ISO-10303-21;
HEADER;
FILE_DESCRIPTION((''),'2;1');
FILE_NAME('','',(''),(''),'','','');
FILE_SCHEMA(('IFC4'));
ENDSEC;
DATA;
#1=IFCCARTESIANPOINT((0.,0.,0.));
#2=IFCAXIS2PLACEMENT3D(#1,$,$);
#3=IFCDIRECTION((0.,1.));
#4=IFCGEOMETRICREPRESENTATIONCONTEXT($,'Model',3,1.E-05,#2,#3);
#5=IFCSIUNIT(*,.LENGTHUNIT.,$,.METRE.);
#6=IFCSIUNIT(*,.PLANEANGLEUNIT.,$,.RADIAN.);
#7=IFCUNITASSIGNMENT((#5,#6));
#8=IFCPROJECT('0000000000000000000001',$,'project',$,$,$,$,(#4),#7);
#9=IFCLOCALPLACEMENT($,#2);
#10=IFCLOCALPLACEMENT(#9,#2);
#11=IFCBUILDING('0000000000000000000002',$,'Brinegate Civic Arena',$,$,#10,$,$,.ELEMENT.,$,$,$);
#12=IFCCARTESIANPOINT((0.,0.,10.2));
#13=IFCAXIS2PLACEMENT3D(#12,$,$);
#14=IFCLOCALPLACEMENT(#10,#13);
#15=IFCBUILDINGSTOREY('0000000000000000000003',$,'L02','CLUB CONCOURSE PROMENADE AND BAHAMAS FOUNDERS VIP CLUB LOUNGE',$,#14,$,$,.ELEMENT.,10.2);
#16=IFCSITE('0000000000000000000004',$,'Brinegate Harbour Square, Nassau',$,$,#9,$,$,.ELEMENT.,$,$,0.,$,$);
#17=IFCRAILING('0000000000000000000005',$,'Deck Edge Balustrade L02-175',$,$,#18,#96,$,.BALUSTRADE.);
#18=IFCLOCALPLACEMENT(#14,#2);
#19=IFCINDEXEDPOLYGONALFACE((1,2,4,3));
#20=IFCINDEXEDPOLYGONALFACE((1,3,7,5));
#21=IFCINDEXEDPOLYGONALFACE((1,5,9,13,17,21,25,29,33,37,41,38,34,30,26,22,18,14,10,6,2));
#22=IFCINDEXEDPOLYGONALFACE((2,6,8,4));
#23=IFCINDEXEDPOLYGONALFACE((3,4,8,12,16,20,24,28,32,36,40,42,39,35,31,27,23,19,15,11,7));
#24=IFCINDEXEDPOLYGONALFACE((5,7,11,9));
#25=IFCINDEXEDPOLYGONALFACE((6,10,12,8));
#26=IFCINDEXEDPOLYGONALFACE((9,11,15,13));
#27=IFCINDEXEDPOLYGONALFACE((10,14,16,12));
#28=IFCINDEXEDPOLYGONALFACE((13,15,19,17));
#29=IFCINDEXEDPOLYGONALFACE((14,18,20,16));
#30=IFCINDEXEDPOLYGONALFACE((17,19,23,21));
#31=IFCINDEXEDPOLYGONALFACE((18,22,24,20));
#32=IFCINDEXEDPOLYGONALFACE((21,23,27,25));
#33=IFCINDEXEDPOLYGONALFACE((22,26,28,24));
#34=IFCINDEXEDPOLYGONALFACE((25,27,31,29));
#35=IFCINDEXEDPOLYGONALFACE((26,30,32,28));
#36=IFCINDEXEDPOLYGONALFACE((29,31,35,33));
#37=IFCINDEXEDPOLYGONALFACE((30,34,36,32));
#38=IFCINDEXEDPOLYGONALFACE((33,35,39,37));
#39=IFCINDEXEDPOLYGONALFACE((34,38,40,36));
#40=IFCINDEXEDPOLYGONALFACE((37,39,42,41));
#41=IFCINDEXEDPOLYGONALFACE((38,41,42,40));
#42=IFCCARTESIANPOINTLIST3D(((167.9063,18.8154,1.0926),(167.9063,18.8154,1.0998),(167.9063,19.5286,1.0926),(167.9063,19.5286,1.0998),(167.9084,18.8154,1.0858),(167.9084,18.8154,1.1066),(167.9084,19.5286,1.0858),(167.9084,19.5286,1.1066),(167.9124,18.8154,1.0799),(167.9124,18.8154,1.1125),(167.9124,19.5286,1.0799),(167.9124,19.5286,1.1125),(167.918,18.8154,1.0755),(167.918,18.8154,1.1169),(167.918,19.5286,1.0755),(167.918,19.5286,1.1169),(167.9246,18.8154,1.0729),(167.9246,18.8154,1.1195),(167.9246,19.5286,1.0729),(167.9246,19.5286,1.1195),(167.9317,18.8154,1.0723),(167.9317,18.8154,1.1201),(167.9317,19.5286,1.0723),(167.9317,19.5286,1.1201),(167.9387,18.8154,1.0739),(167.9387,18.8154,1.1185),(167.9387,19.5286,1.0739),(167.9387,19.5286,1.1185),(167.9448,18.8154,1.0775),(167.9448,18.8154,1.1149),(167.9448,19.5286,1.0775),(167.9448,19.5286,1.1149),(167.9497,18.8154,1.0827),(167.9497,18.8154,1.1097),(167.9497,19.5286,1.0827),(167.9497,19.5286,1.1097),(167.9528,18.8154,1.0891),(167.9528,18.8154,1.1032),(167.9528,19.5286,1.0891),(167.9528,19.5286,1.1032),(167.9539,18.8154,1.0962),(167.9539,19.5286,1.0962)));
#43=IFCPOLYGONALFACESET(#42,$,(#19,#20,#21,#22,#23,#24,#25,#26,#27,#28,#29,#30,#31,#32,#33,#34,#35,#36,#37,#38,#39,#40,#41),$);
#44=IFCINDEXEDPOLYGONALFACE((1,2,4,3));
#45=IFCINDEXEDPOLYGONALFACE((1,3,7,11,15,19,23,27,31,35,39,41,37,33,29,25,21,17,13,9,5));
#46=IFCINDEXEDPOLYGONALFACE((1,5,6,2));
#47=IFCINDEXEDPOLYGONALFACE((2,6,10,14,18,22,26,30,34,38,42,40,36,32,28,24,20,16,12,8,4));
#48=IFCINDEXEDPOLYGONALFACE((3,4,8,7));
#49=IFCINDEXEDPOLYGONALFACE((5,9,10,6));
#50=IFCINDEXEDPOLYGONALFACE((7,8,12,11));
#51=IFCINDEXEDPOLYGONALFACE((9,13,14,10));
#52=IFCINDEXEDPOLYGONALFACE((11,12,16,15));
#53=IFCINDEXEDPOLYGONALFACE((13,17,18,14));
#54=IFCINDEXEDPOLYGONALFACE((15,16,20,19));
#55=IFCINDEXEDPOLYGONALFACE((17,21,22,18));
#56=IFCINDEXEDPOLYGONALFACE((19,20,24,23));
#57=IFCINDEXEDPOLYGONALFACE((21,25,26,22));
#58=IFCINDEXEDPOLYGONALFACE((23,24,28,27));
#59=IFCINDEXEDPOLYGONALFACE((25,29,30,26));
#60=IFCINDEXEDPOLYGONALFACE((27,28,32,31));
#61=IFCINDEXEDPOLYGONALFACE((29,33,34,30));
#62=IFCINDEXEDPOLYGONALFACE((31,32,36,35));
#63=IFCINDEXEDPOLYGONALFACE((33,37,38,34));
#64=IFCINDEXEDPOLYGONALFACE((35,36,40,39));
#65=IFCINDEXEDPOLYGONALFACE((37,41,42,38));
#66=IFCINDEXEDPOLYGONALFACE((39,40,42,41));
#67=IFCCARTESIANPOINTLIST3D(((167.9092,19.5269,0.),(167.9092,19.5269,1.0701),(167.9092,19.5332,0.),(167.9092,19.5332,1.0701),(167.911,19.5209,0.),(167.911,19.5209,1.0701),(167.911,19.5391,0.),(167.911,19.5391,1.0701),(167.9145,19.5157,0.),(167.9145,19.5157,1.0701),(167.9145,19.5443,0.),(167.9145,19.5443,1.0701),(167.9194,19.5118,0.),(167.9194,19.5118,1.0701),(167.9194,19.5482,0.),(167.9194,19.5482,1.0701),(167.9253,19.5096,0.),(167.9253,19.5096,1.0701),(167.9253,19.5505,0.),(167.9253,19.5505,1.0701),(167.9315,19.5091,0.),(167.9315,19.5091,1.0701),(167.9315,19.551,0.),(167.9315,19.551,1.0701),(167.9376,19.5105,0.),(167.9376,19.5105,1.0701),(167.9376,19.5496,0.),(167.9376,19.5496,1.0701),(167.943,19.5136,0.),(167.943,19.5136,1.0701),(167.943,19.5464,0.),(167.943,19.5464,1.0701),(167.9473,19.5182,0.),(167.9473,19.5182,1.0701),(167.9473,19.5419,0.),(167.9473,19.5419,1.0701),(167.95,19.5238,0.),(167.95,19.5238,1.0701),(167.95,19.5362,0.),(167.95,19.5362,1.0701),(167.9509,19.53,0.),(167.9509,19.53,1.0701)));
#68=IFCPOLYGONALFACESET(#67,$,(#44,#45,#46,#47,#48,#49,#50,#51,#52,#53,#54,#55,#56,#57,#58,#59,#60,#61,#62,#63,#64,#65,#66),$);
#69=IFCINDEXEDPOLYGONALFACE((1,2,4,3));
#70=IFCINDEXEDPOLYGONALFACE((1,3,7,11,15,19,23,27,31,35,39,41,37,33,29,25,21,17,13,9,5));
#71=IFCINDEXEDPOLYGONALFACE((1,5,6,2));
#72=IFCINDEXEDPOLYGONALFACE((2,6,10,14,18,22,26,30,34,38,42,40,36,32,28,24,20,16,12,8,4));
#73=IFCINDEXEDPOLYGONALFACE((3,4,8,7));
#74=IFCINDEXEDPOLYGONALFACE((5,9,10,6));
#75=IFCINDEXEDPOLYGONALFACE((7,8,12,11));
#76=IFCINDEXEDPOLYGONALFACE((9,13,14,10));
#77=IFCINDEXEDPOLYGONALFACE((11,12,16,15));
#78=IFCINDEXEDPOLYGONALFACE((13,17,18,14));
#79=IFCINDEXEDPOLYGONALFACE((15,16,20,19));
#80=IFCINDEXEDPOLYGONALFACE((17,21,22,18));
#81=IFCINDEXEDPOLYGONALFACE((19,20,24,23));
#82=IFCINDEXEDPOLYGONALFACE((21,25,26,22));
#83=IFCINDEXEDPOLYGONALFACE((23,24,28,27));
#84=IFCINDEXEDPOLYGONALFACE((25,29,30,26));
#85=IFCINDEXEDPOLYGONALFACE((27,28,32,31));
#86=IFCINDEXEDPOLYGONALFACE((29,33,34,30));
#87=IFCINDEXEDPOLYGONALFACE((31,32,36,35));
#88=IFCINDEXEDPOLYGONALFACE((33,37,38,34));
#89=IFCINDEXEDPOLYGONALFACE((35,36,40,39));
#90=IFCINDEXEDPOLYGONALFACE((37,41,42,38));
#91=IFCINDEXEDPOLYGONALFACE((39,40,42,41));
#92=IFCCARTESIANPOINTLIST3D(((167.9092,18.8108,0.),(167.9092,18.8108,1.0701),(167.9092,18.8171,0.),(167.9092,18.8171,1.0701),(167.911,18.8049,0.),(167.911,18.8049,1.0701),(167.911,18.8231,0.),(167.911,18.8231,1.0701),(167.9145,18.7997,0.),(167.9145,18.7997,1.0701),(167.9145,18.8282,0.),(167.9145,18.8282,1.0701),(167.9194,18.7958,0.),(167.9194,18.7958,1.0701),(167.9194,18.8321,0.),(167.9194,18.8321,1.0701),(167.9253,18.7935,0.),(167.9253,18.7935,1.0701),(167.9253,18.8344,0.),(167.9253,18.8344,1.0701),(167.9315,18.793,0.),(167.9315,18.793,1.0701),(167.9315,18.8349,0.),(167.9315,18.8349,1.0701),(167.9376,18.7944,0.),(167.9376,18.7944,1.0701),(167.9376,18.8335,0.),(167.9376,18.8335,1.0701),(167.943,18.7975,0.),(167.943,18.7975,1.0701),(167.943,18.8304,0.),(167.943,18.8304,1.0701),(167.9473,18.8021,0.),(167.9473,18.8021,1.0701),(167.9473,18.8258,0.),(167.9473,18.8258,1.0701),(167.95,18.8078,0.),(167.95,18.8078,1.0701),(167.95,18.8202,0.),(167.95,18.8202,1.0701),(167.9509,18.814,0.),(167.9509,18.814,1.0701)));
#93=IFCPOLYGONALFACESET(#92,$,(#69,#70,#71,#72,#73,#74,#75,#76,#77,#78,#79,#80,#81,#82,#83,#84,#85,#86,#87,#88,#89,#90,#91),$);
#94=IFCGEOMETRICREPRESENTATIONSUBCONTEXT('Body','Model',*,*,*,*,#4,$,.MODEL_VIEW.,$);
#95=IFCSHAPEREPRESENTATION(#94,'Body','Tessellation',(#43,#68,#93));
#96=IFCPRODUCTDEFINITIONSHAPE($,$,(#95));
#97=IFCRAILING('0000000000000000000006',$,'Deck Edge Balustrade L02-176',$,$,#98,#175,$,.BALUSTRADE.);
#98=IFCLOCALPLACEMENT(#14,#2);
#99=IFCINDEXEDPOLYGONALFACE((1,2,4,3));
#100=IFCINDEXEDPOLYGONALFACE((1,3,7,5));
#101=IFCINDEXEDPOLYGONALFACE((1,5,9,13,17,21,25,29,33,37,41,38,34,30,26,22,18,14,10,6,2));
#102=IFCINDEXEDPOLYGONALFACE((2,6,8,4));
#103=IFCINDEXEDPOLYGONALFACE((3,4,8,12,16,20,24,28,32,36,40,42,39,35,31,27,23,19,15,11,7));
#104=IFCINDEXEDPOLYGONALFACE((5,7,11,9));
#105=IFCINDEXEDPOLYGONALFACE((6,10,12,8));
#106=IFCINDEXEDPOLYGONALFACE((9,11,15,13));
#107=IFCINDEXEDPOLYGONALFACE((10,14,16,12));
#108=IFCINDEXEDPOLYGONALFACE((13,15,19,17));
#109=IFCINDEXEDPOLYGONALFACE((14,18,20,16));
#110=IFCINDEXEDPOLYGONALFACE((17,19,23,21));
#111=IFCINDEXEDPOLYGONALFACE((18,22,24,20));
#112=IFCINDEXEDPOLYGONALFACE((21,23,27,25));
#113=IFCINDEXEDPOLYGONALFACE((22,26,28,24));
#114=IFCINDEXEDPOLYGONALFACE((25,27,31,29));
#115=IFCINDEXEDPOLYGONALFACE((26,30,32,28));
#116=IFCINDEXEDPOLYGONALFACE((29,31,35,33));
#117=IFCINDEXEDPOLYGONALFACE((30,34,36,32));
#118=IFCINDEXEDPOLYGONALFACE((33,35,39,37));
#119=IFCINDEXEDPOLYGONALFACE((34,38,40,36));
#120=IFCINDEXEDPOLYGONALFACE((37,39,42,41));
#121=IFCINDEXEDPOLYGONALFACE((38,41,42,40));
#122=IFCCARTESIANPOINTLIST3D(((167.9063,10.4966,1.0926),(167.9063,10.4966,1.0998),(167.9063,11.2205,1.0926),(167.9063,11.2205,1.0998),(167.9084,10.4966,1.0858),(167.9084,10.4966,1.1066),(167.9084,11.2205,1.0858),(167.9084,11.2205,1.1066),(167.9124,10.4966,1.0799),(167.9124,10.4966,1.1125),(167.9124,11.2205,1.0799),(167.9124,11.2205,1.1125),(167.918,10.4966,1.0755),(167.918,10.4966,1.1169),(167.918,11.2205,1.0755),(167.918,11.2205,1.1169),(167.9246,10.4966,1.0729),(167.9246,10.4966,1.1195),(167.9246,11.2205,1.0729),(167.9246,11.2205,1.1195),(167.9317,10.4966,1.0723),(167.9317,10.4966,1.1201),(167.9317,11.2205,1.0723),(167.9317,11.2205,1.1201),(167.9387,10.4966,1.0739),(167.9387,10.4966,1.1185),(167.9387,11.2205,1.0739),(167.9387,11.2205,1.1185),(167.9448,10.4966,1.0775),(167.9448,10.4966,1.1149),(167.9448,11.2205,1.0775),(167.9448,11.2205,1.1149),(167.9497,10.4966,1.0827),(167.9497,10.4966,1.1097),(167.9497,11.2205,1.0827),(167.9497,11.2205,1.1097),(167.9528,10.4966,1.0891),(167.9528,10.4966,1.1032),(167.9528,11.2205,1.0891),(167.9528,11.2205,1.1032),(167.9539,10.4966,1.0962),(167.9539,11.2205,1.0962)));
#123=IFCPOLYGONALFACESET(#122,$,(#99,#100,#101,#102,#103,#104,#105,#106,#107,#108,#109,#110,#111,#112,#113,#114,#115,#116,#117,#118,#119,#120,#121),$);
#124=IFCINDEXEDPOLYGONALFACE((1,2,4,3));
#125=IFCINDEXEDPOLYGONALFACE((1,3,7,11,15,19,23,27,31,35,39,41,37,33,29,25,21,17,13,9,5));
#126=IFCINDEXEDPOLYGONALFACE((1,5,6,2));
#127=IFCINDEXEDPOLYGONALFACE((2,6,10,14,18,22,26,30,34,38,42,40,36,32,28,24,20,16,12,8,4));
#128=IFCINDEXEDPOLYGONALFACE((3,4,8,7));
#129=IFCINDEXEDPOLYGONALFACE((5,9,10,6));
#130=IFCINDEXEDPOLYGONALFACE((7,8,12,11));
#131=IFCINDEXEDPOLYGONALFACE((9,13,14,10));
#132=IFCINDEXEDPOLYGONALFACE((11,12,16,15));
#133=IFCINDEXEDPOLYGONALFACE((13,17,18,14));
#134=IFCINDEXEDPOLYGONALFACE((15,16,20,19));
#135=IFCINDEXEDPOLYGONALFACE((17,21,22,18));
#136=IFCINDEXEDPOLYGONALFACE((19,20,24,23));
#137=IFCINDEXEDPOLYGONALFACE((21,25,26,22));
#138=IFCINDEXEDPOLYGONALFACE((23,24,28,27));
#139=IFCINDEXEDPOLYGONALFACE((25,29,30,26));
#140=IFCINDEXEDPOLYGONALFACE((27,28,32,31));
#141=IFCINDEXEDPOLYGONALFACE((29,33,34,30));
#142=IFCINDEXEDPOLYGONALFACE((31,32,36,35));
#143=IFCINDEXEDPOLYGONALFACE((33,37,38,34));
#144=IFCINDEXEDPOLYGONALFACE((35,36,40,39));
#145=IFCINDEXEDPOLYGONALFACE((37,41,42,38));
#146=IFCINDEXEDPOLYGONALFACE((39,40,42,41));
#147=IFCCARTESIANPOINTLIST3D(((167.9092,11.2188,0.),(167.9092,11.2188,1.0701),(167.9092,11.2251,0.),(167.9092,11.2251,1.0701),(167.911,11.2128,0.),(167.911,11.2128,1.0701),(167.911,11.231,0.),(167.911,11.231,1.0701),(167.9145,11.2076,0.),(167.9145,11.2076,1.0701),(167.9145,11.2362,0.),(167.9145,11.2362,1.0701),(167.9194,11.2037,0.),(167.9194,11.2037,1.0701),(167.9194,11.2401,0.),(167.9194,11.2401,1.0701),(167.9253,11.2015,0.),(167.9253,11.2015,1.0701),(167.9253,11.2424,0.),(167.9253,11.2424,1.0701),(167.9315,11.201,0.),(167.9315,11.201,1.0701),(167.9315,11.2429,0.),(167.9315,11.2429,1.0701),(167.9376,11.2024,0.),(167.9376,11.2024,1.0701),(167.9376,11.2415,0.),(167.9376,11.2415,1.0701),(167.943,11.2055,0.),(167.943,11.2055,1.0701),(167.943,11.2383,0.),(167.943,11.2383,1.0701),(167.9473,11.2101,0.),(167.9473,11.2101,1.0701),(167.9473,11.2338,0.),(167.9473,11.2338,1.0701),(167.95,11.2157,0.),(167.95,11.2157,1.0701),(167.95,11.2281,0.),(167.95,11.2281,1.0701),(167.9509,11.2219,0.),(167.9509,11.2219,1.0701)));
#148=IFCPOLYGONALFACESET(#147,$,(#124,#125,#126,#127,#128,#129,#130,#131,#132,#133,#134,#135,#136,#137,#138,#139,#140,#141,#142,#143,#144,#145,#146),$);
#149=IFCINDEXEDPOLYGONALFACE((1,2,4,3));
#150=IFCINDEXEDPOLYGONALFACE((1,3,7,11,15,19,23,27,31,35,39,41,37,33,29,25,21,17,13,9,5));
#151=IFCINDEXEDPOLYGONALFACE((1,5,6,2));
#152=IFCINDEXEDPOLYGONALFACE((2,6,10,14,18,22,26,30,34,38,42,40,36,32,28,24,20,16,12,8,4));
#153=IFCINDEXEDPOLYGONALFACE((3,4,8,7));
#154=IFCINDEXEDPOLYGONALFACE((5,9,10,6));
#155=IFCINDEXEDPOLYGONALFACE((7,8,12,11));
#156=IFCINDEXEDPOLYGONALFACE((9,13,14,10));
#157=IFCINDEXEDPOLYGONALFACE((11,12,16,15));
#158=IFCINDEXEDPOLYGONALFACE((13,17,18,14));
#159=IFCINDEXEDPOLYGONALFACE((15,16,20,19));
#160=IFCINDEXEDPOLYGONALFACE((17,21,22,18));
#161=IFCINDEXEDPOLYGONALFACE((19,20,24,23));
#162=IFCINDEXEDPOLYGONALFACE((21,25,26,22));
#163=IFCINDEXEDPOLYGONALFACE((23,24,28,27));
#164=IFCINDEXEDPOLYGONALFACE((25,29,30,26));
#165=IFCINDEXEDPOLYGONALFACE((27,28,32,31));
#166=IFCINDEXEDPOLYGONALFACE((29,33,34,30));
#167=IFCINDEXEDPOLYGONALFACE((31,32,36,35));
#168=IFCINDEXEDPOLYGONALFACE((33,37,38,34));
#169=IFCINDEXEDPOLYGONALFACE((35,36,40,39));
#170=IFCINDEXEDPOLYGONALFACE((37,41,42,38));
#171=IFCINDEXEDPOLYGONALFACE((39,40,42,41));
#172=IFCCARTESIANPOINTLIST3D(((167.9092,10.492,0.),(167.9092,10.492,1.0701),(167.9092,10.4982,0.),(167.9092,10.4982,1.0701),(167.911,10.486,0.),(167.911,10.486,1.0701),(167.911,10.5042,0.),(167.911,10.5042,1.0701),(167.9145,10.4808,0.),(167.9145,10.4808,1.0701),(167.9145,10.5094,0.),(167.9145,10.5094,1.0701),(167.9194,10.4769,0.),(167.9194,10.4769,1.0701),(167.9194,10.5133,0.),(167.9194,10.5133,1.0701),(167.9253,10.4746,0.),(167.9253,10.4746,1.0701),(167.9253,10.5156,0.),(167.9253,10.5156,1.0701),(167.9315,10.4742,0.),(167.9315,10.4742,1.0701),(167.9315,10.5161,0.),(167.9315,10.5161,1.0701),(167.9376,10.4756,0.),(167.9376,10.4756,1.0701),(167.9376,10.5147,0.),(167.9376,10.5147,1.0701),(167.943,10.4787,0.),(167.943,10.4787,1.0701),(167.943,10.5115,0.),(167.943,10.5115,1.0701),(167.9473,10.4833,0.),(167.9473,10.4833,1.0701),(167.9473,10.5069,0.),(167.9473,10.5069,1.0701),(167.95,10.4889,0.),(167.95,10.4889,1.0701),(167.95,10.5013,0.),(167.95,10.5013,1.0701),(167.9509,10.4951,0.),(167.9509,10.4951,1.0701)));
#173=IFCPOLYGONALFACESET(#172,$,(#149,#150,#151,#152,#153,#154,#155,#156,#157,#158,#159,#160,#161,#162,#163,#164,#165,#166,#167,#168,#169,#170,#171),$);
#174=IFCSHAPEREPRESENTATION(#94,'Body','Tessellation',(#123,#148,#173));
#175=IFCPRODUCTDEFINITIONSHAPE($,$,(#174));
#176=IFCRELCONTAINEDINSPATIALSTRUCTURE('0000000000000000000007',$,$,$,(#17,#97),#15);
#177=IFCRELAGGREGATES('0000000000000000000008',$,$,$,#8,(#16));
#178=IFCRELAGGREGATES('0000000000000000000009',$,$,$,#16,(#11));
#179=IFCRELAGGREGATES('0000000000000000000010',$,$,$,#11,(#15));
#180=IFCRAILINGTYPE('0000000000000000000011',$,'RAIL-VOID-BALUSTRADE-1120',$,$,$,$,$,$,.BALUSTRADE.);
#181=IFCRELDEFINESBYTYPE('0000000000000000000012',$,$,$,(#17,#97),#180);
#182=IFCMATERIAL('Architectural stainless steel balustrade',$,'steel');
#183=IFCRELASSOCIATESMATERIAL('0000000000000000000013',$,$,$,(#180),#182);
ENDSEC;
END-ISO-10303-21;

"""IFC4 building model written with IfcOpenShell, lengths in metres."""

from ifc_helpers import new_model, si_unit, direction, frame, origin, origin_2d, place, context, subcontext, project, spatial, circle, extrude, material, type_object, element, save


model = new_model("IFC4")

# Units and contexts
model_context = context("Model", 3, precision=1e-05, world=origin(), true_north=direction((0.0, 1.0)))
body_context = subcontext(model_context, "Body", "Model", "MODEL_VIEW")
ifc_project = project(units=[si_unit("LENGTHUNIT", "METRE"), si_unit("PLANEANGLEUNIT", "RADIAN")], contexts=[model_context])

# Site, building, storey
site_placement = place(None, origin())
site = spatial("IfcSite", under=ifc_project, at=site_placement, Name="Brinegate Harbour Square, Nassau", CompositionType="ELEMENT", RefElevation=0.0)
building_placement = place(site_placement, origin())
building = spatial("IfcBuilding", under=site, at=building_placement, Name="Brinegate Civic Arena", CompositionType="ELEMENT")
storey_placement = place(building_placement, frame((0.0, 0.0, 10.2)))
storey = spatial("IfcBuildingStorey", under=building, at=storey_placement, Name="L02", Description="CLUB CONCOURSE PROMENADE AND BAHAMAS FOUNDERS VIP CLUB LOUNGE", CompositionType="ELEMENT", Elevation=10.2)

# Railings
ifc_material_1 = material(Name="Architectural stainless steel balustrade", Category="steel")
railing_type_1 = type_object("IfcRailingType", Name="RAIL-VOID-BALUSTRADE-1120", PredefinedType="BALUSTRADE", material=ifc_material_1)
railing_1_placement = place(storey_placement, frame((167.9299, 19.53, 0.0)))
element("IfcRailing", 1, at=railing_1_placement, inside=storey, type_object=railing_type_1, Name="Deck Edge Balustrade L02-175", PredefinedType="BALUSTRADE", context=body_context, shape_type="SweptSolid", body=[
    extrude(circle(Radius=0.0239, at=origin_2d()), frame((0.0, -0.0015, 1.0962), z_axis=(0.0, -1.0, 0.0), x_axis=(1.0, 0.0, 0.0)), (0.0, 0.0, 1.0), 0.7131),
    extrude(circle(Radius=0.021, at=origin_2d()), origin(), (0.0, 0.0, 1.0), 1.0701),
    extrude(circle(Radius=0.021, at=origin_2d()), frame((0.0, -0.7161, 0.0)), (0.0, 0.0, 1.0), 1.0701),
])
railing_2_placement = place(storey_placement, frame((167.9299, 11.2219, 0.0)))
element("IfcRailing", 2, at=railing_2_placement, inside=storey, type_object=railing_type_1, Name="Deck Edge Balustrade L02-176", PredefinedType="BALUSTRADE", context=body_context, shape_type="SweptSolid", body=[
    extrude(circle(Radius=0.0239, at=origin_2d()), frame((0.0, -0.0015, 1.0962), z_axis=(0.0, -1.0, 0.0), x_axis=(1.0, 0.0, 0.0)), (0.0, 0.0, 1.0), 0.7239),
    extrude(circle(Radius=0.021, at=origin_2d()), origin(), (0.0, 0.0, 1.0), 1.0701),
    extrude(circle(Radius=0.021, at=origin_2d()), frame((0.0, -0.7268, 0.0)), (0.0, 0.0, 1.0), 1.0701),
])

save(model, "model.ifc")
